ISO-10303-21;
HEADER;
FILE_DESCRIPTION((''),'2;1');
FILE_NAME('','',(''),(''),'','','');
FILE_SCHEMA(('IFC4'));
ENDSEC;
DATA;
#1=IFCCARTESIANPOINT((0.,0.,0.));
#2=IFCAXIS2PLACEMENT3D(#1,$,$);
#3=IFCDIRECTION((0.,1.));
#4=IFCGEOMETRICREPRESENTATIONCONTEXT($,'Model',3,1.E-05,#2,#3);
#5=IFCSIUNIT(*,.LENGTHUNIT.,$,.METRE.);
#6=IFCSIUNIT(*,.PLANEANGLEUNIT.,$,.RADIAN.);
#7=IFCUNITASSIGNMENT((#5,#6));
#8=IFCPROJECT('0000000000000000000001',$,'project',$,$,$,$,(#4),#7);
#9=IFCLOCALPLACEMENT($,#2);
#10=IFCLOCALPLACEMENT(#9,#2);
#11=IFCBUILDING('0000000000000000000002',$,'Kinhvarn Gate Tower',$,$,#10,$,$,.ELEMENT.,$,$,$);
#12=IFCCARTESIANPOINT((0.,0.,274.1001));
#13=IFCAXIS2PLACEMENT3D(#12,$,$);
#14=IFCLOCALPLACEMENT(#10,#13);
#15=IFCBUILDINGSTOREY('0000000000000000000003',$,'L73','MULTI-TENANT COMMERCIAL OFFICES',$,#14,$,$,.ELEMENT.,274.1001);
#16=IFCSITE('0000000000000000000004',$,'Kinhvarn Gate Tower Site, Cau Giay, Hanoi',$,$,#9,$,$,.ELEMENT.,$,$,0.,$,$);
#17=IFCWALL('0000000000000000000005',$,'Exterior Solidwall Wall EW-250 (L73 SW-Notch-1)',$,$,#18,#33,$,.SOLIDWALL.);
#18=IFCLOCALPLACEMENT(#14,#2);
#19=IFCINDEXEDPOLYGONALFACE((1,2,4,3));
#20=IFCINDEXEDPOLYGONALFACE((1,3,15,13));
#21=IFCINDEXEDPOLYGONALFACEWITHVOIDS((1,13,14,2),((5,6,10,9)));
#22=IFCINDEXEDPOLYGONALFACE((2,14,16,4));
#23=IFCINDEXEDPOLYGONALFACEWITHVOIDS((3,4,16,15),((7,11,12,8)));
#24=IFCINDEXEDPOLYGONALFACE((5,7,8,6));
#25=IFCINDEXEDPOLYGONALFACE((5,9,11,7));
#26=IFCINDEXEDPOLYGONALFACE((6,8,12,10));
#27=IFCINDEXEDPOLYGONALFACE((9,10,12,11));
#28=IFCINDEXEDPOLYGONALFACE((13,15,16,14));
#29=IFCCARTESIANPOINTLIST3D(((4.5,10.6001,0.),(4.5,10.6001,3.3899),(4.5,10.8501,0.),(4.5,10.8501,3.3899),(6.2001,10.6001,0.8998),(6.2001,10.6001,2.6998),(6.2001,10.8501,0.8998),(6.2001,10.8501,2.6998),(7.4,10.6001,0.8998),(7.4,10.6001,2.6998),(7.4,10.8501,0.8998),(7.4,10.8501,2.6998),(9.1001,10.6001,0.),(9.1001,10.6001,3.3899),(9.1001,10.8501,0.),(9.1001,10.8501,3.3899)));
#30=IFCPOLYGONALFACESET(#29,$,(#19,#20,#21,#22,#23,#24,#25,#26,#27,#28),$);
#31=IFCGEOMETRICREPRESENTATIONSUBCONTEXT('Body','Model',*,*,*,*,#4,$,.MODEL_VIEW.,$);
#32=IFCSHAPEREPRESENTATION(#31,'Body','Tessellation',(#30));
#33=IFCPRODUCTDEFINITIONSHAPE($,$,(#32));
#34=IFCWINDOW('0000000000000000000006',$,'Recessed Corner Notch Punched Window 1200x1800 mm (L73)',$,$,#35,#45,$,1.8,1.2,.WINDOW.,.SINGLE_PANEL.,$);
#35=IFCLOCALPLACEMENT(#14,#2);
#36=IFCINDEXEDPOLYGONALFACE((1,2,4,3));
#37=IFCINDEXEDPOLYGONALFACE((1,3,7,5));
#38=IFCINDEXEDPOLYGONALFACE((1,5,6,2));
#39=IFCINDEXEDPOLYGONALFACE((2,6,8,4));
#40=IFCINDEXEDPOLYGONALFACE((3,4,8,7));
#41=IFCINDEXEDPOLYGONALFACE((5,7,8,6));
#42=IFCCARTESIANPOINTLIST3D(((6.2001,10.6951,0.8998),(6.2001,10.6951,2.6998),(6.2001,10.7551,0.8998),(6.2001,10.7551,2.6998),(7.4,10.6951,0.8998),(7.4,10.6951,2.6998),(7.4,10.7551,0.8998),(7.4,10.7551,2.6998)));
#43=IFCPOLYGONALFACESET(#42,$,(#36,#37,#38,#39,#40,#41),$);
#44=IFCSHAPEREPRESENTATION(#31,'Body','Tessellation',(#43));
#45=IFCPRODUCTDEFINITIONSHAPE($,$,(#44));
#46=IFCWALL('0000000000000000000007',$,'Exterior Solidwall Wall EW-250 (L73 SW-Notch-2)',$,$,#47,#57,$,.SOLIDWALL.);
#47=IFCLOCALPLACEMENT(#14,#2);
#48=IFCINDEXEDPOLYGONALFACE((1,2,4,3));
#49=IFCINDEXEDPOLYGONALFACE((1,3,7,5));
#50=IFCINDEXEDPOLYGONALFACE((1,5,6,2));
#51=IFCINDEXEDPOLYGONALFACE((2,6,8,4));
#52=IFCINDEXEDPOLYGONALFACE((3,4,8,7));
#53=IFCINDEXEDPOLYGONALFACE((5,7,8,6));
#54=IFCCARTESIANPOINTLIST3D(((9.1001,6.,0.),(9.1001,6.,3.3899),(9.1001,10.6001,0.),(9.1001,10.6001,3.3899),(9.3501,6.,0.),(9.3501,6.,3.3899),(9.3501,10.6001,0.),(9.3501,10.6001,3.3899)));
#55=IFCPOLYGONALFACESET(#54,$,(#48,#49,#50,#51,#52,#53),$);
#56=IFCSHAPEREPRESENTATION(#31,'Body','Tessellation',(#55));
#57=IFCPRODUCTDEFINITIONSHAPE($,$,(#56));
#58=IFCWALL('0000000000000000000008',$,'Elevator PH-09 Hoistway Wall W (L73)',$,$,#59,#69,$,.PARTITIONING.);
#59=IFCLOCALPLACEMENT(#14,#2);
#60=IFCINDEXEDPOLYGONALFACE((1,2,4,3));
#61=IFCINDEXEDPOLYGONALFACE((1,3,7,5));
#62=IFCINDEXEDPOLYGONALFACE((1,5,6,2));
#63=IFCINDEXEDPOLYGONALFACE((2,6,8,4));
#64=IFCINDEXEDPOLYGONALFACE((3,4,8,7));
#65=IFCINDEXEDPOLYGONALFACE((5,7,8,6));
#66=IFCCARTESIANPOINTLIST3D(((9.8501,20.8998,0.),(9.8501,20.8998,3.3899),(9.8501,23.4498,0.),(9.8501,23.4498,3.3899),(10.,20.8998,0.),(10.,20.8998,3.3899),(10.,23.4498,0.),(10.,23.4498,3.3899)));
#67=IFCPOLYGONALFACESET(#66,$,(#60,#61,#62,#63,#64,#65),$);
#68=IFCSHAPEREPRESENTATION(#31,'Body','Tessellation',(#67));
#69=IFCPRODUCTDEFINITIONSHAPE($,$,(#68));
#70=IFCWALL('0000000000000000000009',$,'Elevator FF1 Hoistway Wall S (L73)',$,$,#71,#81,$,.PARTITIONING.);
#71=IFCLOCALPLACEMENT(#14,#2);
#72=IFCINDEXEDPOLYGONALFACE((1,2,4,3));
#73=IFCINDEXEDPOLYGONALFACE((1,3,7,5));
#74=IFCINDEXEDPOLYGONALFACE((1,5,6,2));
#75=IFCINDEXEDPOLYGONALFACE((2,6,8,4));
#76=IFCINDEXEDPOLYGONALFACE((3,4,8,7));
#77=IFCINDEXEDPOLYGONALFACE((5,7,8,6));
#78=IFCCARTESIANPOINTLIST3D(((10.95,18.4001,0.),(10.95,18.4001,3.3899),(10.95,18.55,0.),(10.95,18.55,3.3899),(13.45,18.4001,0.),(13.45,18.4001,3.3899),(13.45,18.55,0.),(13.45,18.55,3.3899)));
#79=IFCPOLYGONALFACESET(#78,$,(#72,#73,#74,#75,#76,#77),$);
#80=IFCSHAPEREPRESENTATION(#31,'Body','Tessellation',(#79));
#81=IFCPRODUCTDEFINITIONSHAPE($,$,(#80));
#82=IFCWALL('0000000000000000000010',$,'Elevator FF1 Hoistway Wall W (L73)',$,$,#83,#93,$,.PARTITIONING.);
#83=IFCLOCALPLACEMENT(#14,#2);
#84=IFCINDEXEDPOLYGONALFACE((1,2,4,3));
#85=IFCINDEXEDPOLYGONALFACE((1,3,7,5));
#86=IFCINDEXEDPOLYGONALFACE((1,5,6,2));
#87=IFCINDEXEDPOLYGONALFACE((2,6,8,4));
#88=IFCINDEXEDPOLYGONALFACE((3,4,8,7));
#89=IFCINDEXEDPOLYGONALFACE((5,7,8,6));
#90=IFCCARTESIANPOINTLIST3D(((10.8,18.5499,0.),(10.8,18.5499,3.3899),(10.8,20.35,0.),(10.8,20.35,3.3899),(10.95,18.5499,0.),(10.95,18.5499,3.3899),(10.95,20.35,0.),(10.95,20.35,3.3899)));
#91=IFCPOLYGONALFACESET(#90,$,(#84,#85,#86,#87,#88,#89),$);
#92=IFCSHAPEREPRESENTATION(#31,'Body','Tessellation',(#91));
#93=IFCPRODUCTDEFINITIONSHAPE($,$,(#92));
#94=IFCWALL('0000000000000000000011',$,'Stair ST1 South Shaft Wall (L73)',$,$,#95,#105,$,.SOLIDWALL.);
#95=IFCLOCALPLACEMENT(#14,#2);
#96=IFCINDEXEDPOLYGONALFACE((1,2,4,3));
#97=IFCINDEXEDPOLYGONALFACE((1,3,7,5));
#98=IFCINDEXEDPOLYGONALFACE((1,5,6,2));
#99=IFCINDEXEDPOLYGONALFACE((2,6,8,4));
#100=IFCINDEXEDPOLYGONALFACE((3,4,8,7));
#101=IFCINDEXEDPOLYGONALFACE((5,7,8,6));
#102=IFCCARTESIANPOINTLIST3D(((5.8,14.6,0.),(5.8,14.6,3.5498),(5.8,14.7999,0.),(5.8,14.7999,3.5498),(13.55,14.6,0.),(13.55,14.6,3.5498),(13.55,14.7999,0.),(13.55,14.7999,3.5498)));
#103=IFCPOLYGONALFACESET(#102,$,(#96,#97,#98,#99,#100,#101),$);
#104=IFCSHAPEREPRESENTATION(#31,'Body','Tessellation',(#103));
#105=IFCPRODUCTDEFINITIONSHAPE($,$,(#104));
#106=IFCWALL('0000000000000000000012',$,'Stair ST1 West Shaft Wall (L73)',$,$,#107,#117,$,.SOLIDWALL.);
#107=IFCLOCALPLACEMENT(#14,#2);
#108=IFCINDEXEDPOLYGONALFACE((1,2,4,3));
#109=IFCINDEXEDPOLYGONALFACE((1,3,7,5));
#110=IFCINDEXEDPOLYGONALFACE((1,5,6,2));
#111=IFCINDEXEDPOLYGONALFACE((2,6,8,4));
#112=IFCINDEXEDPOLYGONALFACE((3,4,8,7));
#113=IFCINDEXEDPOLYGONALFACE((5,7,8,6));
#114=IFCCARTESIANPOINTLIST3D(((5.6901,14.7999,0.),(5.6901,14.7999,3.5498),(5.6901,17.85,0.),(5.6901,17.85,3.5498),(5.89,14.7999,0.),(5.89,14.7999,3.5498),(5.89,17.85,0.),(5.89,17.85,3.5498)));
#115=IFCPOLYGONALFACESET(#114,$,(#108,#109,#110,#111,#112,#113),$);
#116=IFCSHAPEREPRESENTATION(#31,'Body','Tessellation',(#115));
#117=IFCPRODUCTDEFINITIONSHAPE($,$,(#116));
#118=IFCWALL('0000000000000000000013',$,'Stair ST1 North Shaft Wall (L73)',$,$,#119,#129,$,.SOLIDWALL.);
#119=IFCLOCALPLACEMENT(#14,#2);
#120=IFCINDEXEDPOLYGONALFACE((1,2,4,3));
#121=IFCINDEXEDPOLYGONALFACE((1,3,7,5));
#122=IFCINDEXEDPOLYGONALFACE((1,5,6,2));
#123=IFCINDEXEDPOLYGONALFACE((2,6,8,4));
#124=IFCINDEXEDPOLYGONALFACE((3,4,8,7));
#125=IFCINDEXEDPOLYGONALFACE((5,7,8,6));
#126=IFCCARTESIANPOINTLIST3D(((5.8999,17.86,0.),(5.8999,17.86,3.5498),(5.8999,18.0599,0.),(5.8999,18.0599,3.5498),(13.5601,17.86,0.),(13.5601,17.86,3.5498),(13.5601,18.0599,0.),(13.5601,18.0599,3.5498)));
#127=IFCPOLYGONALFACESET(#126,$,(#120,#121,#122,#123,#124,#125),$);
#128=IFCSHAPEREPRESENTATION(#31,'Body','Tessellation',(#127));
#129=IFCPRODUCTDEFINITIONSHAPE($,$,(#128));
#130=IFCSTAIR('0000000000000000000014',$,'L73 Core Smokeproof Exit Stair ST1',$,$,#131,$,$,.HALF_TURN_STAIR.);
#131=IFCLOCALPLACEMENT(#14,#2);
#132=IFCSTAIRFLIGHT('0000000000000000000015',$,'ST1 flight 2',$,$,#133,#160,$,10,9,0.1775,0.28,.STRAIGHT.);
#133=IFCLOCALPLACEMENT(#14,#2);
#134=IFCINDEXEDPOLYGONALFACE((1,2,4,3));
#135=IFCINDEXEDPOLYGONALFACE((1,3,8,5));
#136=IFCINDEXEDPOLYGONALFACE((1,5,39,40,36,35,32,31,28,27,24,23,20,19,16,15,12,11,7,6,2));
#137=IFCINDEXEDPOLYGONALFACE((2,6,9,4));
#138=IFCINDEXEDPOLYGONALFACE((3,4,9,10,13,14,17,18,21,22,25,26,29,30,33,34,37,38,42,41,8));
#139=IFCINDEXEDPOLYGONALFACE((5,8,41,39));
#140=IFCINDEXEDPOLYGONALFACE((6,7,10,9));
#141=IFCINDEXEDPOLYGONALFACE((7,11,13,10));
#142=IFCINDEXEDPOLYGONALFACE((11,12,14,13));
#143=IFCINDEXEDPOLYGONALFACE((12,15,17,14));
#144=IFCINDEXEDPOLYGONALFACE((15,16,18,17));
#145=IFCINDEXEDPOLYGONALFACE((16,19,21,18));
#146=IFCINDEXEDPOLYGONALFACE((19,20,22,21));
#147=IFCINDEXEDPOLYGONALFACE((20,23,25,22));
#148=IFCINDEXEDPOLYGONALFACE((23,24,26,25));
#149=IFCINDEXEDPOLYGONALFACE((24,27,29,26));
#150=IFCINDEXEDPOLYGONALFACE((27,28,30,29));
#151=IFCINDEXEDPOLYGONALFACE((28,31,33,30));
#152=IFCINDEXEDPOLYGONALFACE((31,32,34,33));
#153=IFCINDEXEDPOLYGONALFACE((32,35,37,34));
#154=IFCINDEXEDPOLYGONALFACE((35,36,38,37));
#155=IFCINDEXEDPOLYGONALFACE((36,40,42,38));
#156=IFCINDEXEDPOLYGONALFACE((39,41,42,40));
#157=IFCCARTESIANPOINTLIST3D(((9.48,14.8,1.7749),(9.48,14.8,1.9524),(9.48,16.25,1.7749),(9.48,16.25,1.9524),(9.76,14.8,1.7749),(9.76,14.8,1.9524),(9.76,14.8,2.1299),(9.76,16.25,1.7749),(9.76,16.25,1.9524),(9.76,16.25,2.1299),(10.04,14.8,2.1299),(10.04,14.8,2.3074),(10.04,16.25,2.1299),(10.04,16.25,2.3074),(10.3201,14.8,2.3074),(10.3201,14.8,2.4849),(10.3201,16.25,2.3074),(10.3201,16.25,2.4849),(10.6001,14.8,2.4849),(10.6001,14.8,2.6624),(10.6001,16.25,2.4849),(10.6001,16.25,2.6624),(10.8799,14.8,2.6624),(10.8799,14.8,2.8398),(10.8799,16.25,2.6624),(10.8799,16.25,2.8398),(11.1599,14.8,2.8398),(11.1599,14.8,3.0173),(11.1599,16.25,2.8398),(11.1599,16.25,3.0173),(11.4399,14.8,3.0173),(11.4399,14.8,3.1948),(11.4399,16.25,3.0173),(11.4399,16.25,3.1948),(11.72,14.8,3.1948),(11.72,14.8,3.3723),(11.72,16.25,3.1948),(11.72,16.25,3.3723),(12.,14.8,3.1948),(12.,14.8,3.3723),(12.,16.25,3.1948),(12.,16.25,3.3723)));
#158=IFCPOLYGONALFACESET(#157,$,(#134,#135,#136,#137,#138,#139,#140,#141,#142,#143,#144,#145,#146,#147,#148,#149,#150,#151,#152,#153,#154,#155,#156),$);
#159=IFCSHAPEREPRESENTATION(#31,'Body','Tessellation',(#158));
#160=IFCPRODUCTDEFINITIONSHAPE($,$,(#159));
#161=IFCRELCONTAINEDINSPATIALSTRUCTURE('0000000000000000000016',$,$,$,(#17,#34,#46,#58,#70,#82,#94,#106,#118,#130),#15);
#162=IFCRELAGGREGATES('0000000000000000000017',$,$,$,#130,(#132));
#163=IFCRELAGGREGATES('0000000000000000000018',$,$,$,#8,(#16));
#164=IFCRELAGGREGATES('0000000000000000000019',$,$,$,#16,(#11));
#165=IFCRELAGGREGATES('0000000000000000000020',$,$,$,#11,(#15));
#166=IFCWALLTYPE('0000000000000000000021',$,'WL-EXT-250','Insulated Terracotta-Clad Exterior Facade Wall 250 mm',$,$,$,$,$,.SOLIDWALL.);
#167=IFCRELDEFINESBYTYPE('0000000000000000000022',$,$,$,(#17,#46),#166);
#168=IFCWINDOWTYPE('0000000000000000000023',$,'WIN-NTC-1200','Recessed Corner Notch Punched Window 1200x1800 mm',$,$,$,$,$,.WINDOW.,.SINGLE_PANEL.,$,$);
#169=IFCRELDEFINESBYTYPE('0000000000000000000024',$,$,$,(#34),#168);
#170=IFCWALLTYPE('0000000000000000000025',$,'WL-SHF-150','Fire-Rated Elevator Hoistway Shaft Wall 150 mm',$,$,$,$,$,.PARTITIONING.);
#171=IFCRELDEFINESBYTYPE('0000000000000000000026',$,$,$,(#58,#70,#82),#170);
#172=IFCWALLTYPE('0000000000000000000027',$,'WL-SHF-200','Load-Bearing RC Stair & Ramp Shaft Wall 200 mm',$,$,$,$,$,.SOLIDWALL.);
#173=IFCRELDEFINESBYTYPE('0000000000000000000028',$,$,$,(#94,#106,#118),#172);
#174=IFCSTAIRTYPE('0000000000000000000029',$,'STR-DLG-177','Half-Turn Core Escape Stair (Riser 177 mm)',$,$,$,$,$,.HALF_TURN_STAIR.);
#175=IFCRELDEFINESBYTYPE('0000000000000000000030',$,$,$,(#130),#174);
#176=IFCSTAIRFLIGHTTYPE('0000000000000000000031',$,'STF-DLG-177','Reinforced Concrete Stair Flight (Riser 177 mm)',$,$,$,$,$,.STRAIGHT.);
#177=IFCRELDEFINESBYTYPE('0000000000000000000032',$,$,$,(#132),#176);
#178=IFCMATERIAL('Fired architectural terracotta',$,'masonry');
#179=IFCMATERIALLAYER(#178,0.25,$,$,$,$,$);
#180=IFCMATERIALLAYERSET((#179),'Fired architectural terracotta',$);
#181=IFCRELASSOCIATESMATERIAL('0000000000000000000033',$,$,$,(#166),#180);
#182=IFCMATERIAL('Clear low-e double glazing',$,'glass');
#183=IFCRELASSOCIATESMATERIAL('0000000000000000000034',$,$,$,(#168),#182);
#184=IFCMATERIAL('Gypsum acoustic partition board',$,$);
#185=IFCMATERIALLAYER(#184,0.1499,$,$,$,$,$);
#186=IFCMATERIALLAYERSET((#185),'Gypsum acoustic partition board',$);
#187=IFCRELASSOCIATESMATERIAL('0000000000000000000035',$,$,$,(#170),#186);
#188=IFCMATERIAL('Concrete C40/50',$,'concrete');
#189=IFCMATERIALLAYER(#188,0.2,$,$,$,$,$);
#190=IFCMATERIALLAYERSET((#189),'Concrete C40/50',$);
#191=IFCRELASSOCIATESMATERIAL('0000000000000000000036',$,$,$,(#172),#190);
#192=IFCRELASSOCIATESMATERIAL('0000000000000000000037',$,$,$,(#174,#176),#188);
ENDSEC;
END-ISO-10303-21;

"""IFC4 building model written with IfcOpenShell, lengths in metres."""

from ifc_helpers import new_model, si_unit, direction, frame, frame_2d, origin, place, context, subcontext, project, spatial, polyline, rectangle, outline, extrude, material, layer, layer_set, type_object, element, fill, aggregate, save


model = new_model("IFC4")

# Units and contexts
model_context = context("Model", 3, precision=1e-05, world=origin(), true_north=direction((0.0, 1.0)))
body_context = subcontext(model_context, "Body", "Model", "MODEL_VIEW")
ifc_project = project(units=[si_unit("LENGTHUNIT", "METRE"), si_unit("PLANEANGLEUNIT", "RADIAN")], contexts=[model_context])

# Site, building, storey
site_placement = place(None, origin())
site = spatial("IfcSite", under=ifc_project, at=site_placement, Name="Kinhvarn Gate Tower Site, Cau Giay, Hanoi", CompositionType="ELEMENT", RefElevation=0.0)
building_placement = place(site_placement, origin())
building = spatial("IfcBuilding", under=site, at=building_placement, Name="Kinhvarn Gate Tower", CompositionType="ELEMENT")
storey_placement = place(building_placement, frame((0.0, 0.0, 274.1001)))
storey = spatial("IfcBuildingStorey", under=building, at=storey_placement, Name="L73", Description="MULTI-TENANT COMMERCIAL OFFICES", CompositionType="ELEMENT", Elevation=274.1001)

# Wall, opening, window
ifc_material_1 = material(Name="Fired architectural terracotta", Category="masonry")
ifc_layer_1 = layer(ifc_material_1, 0.25)
ifc_layer_set_1 = layer_set([ifc_layer_1], Name="Fired architectural terracotta")
wall_type_1 = type_object("IfcWallType", Name="WL-EXT-250", Description="Insulated Terracotta-Clad Exterior Facade Wall 250 mm", PredefinedType="SOLIDWALL", material=ifc_layer_set_1)
ifc_material_2 = material(Name="Clear low-e double glazing", Category="glass")
wall_1_placement = place(storey_placement, frame((4.5, 10.7251, 0.0), z_axis=(0.0, 0.0, 1.0), x_axis=(1.0, 0.0, 0.0)))
wall_1 = element("IfcWall", 1, at=wall_1_placement, inside=storey, type_object=wall_type_1, Name="Exterior Solidwall Wall EW-250 (L73 SW-Notch-1)", PredefinedType="SOLIDWALL", context=body_context, shape_type="SweptSolid", body=[
    extrude(rectangle(XDim=4.6001, YDim=0.25, at=frame_2d((2.3, 0.0))), origin(), (0.0, 0.0, 1.0), 3.3899),
])
opening_1_placement = place(wall_1_placement, frame((1.7, 0.0, 0.8999)))
opening_1 = element("IfcOpeningElement", 2, at=opening_1_placement, cuts=wall_1, PredefinedType="OPENING", context=body_context, shape_type="SweptSolid", body=[
    extrude(rectangle(XDim=1.2, YDim=1.8, at=frame_2d((0.6001, 0.8999))), frame((0.0, 0.135, 0.0), z_axis=(0.0, -1.0, 0.0), x_axis=(1.0, 0.0, 0.0)), (0.0, 0.0, 1.0), 0.27),
])
window_type_1 = type_object("IfcWindowType", Name="WIN-NTC-1200", Description="Recessed Corner Notch Punched Window 1200x1800 mm", PartitioningType="SINGLE_PANEL", PredefinedType="WINDOW", material=ifc_material_2)
window_1_placement = place(opening_1_placement, origin())
window_1 = element("IfcWindow", 3, at=window_1_placement, inside=storey, type_object=window_type_1, Name="Recessed Corner Notch Punched Window 1200x1800 mm (L73)", OverallHeight=1.8, OverallWidth=1.2, PartitioningType="SINGLE_PANEL", PredefinedType="WINDOW", context=body_context, shape_type="SweptSolid", body=[
    extrude(rectangle(XDim=1.2, YDim=1.8, at=frame_2d((0.6001, 0.8999))), frame((0.0, 0.03, 0.0), z_axis=(0.0, -1.0, 0.0), x_axis=(1.0, 0.0, 0.0)), (0.0, 0.0, 1.0), 0.0601),
])
fill(opening_1, window_1)

# Walls
wall_2_placement = place(storey_placement, frame((9.2251, 10.6001, 0.0), z_axis=(0.0, 0.0, 1.0), x_axis=(0.0, -1.0, 0.0)))
element("IfcWall", 4, at=wall_2_placement, inside=storey, type_object=wall_type_1, Name="Exterior Solidwall Wall EW-250 (L73 SW-Notch-2)", PredefinedType="SOLIDWALL", context=body_context, shape_type="SweptSolid", body=[
    extrude(rectangle(XDim=4.6001, YDim=0.25, at=frame_2d((2.3, 0.0))), origin(), (0.0, 0.0, 1.0), 3.3899),
])
ifc_material_3 = material(Name="Gypsum acoustic partition board")
ifc_layer_2 = layer(ifc_material_3, 0.1499)
ifc_layer_set_2 = layer_set([ifc_layer_2], Name="Gypsum acoustic partition board")
wall_type_2 = type_object("IfcWallType", Name="WL-SHF-150", Description="Fire-Rated Elevator Hoistway Shaft Wall 150 mm", PredefinedType="PARTITIONING", material=ifc_layer_set_2)
wall_3_placement = place(storey_placement, frame((9.925, 20.8999, 0.0), z_axis=(0.0, 0.0, 1.0), x_axis=(0.0, 1.0, 0.0)))
element("IfcWall", 5, at=wall_3_placement, inside=storey, type_object=wall_type_2, Name="Elevator PH-09 Hoistway Wall W (L73)", PredefinedType="PARTITIONING", context=body_context, shape_type="SweptSolid", body=[
    extrude(rectangle(XDim=2.55, YDim=0.1499, at=frame_2d((1.2749, 0.0))), origin(), (0.0, 0.0, 1.0), 3.3899),
])
wall_4_placement = place(storey_placement, frame((10.95, 18.4751, 0.0), z_axis=(0.0, 0.0, 1.0), x_axis=(1.0, 0.0, 0.0)))
element("IfcWall", 6, at=wall_4_placement, inside=storey, type_object=wall_type_2, Name="Elevator FF1 Hoistway Wall S (L73)", PredefinedType="PARTITIONING", context=body_context, shape_type="SweptSolid", body=[
    extrude(rectangle(XDim=2.5, YDim=0.1499, at=frame_2d((1.25, 0.0))), origin(), (0.0, 0.0, 1.0), 3.3899),
])
wall_5_placement = place(storey_placement, frame((10.875, 18.55, 0.0), z_axis=(0.0, 0.0, 1.0), x_axis=(0.0, 1.0, 0.0)))
element("IfcWall", 7, at=wall_5_placement, inside=storey, type_object=wall_type_2, Name="Elevator FF1 Hoistway Wall W (L73)", PredefinedType="PARTITIONING", context=body_context, shape_type="SweptSolid", body=[
    extrude(rectangle(XDim=1.8, YDim=0.1499, at=frame_2d((0.8999, 0.0))), origin(), (0.0, 0.0, 1.0), 3.3899),
])
ifc_material_4 = material(Name="Concrete C40/50", Category="concrete")
ifc_layer_3 = layer(ifc_material_4, 0.2)
ifc_layer_set_3 = layer_set([ifc_layer_3], Name="Concrete C40/50")
wall_type_3 = type_object("IfcWallType", Name="WL-SHF-200", Description="Load-Bearing RC Stair & Ramp Shaft Wall 200 mm", PredefinedType="SOLIDWALL", material=ifc_layer_set_3)
wall_6_placement = place(storey_placement, frame((5.8, 14.7, 0.0), z_axis=(0.0, 0.0, 1.0), x_axis=(1.0, 0.0, 0.0)))
element("IfcWall", 8, at=wall_6_placement, inside=storey, type_object=wall_type_3, Name="Stair ST1 South Shaft Wall (L73)", PredefinedType="SOLIDWALL", context=body_context, shape_type="SweptSolid", body=[
    extrude(rectangle(XDim=7.75, YDim=0.2, at=frame_2d((3.875, 0.0))), origin(), (0.0, 0.0, 1.0), 3.5498),
])
wall_7_placement = place(storey_placement, frame((5.79, 14.8, 0.0), z_axis=(0.0, 0.0, 1.0), x_axis=(0.0, 1.0, 0.0)))
element("IfcWall", 9, at=wall_7_placement, inside=storey, type_object=wall_type_3, Name="Stair ST1 West Shaft Wall (L73)", PredefinedType="SOLIDWALL", context=body_context, shape_type="SweptSolid", body=[
    extrude(rectangle(XDim=3.05, YDim=0.2, at=frame_2d((1.5249, 0.0))), origin(), (0.0, 0.0, 1.0), 3.5498),
])
wall_8_placement = place(storey_placement, frame((5.8999, 17.96, 0.0), z_axis=(0.0, 0.0, 1.0), x_axis=(1.0, 0.0, 0.0)))
element("IfcWall", 10, at=wall_8_placement, inside=storey, type_object=wall_type_3, Name="Stair ST1 North Shaft Wall (L73)", PredefinedType="SOLIDWALL", context=body_context, shape_type="SweptSolid", body=[
    extrude(rectangle(XDim=7.6602, YDim=0.2, at=frame_2d((3.8301, 0.0))), origin(), (0.0, 0.0, 1.0), 3.5498),
])

# Stair, stair flight
stair_type = type_object("IfcStairType", Name="STR-DLG-177", Description="Half-Turn Core Escape Stair (Riser 177 mm)", PredefinedType="HALF_TURN_STAIR", material=ifc_material_4)
stair_placement = place(storey_placement, origin())
stair = element("IfcStair", 11, at=stair_placement, inside=storey, type_object=stair_type, Name="L73 Core Smokeproof Exit Stair ST1", PredefinedType="HALF_TURN_STAIR")
stair_flight_type = type_object("IfcStairFlightType", Name="STF-DLG-177", Description="Reinforced Concrete Stair Flight (Riser 177 mm)", PredefinedType="STRAIGHT", material=ifc_material_4)
stair_flight_placement = place(storey_placement, frame((9.48, 15.5249, 1.7749), z_axis=(0.0, 0.0, 1.0), x_axis=(1.0, 0.0, 0.0)))
stair_flight = element("IfcStairFlight", 12, at=stair_flight_placement, type_object=stair_flight_type, Name="ST1 flight 2", NumberOfRisers=10, NumberOfTreads=9, PredefinedType="STRAIGHT", RiserHeight=0.1775, TreadLength=0.28, context=body_context, shape_type="SweptSolid", body=[
    extrude(outline(polyline([(0.0, 0.0), (0.0, 0.1775), (0.28, 0.1775), (0.28, 0.355), (0.5601, 0.355), (0.5601, 0.5325), (0.8401, 0.5325), (0.8401, 0.71), (1.1201, 0.71), (1.1201, 0.8875), (1.3999, 0.8875), (1.3999, 1.0649), (1.6799, 1.0649), (1.6799, 1.2424), (1.96, 1.2424), (1.96, 1.4199), (2.24, 1.4199), (2.24, 1.5974), (2.52, 1.5974), (2.52, 1.7749), (2.52, 1.4199), (0.28, 0.0), (0.0, 0.0)])), frame((0.0, 0.7251, 0.0), z_axis=(0.0, -1.0, 0.0), x_axis=(1.0, 0.0, 0.0)), (0.0, 0.0, 1.0), 1.45),
])
aggregate(stair, [stair_flight])

save(model, "model.ifc")
